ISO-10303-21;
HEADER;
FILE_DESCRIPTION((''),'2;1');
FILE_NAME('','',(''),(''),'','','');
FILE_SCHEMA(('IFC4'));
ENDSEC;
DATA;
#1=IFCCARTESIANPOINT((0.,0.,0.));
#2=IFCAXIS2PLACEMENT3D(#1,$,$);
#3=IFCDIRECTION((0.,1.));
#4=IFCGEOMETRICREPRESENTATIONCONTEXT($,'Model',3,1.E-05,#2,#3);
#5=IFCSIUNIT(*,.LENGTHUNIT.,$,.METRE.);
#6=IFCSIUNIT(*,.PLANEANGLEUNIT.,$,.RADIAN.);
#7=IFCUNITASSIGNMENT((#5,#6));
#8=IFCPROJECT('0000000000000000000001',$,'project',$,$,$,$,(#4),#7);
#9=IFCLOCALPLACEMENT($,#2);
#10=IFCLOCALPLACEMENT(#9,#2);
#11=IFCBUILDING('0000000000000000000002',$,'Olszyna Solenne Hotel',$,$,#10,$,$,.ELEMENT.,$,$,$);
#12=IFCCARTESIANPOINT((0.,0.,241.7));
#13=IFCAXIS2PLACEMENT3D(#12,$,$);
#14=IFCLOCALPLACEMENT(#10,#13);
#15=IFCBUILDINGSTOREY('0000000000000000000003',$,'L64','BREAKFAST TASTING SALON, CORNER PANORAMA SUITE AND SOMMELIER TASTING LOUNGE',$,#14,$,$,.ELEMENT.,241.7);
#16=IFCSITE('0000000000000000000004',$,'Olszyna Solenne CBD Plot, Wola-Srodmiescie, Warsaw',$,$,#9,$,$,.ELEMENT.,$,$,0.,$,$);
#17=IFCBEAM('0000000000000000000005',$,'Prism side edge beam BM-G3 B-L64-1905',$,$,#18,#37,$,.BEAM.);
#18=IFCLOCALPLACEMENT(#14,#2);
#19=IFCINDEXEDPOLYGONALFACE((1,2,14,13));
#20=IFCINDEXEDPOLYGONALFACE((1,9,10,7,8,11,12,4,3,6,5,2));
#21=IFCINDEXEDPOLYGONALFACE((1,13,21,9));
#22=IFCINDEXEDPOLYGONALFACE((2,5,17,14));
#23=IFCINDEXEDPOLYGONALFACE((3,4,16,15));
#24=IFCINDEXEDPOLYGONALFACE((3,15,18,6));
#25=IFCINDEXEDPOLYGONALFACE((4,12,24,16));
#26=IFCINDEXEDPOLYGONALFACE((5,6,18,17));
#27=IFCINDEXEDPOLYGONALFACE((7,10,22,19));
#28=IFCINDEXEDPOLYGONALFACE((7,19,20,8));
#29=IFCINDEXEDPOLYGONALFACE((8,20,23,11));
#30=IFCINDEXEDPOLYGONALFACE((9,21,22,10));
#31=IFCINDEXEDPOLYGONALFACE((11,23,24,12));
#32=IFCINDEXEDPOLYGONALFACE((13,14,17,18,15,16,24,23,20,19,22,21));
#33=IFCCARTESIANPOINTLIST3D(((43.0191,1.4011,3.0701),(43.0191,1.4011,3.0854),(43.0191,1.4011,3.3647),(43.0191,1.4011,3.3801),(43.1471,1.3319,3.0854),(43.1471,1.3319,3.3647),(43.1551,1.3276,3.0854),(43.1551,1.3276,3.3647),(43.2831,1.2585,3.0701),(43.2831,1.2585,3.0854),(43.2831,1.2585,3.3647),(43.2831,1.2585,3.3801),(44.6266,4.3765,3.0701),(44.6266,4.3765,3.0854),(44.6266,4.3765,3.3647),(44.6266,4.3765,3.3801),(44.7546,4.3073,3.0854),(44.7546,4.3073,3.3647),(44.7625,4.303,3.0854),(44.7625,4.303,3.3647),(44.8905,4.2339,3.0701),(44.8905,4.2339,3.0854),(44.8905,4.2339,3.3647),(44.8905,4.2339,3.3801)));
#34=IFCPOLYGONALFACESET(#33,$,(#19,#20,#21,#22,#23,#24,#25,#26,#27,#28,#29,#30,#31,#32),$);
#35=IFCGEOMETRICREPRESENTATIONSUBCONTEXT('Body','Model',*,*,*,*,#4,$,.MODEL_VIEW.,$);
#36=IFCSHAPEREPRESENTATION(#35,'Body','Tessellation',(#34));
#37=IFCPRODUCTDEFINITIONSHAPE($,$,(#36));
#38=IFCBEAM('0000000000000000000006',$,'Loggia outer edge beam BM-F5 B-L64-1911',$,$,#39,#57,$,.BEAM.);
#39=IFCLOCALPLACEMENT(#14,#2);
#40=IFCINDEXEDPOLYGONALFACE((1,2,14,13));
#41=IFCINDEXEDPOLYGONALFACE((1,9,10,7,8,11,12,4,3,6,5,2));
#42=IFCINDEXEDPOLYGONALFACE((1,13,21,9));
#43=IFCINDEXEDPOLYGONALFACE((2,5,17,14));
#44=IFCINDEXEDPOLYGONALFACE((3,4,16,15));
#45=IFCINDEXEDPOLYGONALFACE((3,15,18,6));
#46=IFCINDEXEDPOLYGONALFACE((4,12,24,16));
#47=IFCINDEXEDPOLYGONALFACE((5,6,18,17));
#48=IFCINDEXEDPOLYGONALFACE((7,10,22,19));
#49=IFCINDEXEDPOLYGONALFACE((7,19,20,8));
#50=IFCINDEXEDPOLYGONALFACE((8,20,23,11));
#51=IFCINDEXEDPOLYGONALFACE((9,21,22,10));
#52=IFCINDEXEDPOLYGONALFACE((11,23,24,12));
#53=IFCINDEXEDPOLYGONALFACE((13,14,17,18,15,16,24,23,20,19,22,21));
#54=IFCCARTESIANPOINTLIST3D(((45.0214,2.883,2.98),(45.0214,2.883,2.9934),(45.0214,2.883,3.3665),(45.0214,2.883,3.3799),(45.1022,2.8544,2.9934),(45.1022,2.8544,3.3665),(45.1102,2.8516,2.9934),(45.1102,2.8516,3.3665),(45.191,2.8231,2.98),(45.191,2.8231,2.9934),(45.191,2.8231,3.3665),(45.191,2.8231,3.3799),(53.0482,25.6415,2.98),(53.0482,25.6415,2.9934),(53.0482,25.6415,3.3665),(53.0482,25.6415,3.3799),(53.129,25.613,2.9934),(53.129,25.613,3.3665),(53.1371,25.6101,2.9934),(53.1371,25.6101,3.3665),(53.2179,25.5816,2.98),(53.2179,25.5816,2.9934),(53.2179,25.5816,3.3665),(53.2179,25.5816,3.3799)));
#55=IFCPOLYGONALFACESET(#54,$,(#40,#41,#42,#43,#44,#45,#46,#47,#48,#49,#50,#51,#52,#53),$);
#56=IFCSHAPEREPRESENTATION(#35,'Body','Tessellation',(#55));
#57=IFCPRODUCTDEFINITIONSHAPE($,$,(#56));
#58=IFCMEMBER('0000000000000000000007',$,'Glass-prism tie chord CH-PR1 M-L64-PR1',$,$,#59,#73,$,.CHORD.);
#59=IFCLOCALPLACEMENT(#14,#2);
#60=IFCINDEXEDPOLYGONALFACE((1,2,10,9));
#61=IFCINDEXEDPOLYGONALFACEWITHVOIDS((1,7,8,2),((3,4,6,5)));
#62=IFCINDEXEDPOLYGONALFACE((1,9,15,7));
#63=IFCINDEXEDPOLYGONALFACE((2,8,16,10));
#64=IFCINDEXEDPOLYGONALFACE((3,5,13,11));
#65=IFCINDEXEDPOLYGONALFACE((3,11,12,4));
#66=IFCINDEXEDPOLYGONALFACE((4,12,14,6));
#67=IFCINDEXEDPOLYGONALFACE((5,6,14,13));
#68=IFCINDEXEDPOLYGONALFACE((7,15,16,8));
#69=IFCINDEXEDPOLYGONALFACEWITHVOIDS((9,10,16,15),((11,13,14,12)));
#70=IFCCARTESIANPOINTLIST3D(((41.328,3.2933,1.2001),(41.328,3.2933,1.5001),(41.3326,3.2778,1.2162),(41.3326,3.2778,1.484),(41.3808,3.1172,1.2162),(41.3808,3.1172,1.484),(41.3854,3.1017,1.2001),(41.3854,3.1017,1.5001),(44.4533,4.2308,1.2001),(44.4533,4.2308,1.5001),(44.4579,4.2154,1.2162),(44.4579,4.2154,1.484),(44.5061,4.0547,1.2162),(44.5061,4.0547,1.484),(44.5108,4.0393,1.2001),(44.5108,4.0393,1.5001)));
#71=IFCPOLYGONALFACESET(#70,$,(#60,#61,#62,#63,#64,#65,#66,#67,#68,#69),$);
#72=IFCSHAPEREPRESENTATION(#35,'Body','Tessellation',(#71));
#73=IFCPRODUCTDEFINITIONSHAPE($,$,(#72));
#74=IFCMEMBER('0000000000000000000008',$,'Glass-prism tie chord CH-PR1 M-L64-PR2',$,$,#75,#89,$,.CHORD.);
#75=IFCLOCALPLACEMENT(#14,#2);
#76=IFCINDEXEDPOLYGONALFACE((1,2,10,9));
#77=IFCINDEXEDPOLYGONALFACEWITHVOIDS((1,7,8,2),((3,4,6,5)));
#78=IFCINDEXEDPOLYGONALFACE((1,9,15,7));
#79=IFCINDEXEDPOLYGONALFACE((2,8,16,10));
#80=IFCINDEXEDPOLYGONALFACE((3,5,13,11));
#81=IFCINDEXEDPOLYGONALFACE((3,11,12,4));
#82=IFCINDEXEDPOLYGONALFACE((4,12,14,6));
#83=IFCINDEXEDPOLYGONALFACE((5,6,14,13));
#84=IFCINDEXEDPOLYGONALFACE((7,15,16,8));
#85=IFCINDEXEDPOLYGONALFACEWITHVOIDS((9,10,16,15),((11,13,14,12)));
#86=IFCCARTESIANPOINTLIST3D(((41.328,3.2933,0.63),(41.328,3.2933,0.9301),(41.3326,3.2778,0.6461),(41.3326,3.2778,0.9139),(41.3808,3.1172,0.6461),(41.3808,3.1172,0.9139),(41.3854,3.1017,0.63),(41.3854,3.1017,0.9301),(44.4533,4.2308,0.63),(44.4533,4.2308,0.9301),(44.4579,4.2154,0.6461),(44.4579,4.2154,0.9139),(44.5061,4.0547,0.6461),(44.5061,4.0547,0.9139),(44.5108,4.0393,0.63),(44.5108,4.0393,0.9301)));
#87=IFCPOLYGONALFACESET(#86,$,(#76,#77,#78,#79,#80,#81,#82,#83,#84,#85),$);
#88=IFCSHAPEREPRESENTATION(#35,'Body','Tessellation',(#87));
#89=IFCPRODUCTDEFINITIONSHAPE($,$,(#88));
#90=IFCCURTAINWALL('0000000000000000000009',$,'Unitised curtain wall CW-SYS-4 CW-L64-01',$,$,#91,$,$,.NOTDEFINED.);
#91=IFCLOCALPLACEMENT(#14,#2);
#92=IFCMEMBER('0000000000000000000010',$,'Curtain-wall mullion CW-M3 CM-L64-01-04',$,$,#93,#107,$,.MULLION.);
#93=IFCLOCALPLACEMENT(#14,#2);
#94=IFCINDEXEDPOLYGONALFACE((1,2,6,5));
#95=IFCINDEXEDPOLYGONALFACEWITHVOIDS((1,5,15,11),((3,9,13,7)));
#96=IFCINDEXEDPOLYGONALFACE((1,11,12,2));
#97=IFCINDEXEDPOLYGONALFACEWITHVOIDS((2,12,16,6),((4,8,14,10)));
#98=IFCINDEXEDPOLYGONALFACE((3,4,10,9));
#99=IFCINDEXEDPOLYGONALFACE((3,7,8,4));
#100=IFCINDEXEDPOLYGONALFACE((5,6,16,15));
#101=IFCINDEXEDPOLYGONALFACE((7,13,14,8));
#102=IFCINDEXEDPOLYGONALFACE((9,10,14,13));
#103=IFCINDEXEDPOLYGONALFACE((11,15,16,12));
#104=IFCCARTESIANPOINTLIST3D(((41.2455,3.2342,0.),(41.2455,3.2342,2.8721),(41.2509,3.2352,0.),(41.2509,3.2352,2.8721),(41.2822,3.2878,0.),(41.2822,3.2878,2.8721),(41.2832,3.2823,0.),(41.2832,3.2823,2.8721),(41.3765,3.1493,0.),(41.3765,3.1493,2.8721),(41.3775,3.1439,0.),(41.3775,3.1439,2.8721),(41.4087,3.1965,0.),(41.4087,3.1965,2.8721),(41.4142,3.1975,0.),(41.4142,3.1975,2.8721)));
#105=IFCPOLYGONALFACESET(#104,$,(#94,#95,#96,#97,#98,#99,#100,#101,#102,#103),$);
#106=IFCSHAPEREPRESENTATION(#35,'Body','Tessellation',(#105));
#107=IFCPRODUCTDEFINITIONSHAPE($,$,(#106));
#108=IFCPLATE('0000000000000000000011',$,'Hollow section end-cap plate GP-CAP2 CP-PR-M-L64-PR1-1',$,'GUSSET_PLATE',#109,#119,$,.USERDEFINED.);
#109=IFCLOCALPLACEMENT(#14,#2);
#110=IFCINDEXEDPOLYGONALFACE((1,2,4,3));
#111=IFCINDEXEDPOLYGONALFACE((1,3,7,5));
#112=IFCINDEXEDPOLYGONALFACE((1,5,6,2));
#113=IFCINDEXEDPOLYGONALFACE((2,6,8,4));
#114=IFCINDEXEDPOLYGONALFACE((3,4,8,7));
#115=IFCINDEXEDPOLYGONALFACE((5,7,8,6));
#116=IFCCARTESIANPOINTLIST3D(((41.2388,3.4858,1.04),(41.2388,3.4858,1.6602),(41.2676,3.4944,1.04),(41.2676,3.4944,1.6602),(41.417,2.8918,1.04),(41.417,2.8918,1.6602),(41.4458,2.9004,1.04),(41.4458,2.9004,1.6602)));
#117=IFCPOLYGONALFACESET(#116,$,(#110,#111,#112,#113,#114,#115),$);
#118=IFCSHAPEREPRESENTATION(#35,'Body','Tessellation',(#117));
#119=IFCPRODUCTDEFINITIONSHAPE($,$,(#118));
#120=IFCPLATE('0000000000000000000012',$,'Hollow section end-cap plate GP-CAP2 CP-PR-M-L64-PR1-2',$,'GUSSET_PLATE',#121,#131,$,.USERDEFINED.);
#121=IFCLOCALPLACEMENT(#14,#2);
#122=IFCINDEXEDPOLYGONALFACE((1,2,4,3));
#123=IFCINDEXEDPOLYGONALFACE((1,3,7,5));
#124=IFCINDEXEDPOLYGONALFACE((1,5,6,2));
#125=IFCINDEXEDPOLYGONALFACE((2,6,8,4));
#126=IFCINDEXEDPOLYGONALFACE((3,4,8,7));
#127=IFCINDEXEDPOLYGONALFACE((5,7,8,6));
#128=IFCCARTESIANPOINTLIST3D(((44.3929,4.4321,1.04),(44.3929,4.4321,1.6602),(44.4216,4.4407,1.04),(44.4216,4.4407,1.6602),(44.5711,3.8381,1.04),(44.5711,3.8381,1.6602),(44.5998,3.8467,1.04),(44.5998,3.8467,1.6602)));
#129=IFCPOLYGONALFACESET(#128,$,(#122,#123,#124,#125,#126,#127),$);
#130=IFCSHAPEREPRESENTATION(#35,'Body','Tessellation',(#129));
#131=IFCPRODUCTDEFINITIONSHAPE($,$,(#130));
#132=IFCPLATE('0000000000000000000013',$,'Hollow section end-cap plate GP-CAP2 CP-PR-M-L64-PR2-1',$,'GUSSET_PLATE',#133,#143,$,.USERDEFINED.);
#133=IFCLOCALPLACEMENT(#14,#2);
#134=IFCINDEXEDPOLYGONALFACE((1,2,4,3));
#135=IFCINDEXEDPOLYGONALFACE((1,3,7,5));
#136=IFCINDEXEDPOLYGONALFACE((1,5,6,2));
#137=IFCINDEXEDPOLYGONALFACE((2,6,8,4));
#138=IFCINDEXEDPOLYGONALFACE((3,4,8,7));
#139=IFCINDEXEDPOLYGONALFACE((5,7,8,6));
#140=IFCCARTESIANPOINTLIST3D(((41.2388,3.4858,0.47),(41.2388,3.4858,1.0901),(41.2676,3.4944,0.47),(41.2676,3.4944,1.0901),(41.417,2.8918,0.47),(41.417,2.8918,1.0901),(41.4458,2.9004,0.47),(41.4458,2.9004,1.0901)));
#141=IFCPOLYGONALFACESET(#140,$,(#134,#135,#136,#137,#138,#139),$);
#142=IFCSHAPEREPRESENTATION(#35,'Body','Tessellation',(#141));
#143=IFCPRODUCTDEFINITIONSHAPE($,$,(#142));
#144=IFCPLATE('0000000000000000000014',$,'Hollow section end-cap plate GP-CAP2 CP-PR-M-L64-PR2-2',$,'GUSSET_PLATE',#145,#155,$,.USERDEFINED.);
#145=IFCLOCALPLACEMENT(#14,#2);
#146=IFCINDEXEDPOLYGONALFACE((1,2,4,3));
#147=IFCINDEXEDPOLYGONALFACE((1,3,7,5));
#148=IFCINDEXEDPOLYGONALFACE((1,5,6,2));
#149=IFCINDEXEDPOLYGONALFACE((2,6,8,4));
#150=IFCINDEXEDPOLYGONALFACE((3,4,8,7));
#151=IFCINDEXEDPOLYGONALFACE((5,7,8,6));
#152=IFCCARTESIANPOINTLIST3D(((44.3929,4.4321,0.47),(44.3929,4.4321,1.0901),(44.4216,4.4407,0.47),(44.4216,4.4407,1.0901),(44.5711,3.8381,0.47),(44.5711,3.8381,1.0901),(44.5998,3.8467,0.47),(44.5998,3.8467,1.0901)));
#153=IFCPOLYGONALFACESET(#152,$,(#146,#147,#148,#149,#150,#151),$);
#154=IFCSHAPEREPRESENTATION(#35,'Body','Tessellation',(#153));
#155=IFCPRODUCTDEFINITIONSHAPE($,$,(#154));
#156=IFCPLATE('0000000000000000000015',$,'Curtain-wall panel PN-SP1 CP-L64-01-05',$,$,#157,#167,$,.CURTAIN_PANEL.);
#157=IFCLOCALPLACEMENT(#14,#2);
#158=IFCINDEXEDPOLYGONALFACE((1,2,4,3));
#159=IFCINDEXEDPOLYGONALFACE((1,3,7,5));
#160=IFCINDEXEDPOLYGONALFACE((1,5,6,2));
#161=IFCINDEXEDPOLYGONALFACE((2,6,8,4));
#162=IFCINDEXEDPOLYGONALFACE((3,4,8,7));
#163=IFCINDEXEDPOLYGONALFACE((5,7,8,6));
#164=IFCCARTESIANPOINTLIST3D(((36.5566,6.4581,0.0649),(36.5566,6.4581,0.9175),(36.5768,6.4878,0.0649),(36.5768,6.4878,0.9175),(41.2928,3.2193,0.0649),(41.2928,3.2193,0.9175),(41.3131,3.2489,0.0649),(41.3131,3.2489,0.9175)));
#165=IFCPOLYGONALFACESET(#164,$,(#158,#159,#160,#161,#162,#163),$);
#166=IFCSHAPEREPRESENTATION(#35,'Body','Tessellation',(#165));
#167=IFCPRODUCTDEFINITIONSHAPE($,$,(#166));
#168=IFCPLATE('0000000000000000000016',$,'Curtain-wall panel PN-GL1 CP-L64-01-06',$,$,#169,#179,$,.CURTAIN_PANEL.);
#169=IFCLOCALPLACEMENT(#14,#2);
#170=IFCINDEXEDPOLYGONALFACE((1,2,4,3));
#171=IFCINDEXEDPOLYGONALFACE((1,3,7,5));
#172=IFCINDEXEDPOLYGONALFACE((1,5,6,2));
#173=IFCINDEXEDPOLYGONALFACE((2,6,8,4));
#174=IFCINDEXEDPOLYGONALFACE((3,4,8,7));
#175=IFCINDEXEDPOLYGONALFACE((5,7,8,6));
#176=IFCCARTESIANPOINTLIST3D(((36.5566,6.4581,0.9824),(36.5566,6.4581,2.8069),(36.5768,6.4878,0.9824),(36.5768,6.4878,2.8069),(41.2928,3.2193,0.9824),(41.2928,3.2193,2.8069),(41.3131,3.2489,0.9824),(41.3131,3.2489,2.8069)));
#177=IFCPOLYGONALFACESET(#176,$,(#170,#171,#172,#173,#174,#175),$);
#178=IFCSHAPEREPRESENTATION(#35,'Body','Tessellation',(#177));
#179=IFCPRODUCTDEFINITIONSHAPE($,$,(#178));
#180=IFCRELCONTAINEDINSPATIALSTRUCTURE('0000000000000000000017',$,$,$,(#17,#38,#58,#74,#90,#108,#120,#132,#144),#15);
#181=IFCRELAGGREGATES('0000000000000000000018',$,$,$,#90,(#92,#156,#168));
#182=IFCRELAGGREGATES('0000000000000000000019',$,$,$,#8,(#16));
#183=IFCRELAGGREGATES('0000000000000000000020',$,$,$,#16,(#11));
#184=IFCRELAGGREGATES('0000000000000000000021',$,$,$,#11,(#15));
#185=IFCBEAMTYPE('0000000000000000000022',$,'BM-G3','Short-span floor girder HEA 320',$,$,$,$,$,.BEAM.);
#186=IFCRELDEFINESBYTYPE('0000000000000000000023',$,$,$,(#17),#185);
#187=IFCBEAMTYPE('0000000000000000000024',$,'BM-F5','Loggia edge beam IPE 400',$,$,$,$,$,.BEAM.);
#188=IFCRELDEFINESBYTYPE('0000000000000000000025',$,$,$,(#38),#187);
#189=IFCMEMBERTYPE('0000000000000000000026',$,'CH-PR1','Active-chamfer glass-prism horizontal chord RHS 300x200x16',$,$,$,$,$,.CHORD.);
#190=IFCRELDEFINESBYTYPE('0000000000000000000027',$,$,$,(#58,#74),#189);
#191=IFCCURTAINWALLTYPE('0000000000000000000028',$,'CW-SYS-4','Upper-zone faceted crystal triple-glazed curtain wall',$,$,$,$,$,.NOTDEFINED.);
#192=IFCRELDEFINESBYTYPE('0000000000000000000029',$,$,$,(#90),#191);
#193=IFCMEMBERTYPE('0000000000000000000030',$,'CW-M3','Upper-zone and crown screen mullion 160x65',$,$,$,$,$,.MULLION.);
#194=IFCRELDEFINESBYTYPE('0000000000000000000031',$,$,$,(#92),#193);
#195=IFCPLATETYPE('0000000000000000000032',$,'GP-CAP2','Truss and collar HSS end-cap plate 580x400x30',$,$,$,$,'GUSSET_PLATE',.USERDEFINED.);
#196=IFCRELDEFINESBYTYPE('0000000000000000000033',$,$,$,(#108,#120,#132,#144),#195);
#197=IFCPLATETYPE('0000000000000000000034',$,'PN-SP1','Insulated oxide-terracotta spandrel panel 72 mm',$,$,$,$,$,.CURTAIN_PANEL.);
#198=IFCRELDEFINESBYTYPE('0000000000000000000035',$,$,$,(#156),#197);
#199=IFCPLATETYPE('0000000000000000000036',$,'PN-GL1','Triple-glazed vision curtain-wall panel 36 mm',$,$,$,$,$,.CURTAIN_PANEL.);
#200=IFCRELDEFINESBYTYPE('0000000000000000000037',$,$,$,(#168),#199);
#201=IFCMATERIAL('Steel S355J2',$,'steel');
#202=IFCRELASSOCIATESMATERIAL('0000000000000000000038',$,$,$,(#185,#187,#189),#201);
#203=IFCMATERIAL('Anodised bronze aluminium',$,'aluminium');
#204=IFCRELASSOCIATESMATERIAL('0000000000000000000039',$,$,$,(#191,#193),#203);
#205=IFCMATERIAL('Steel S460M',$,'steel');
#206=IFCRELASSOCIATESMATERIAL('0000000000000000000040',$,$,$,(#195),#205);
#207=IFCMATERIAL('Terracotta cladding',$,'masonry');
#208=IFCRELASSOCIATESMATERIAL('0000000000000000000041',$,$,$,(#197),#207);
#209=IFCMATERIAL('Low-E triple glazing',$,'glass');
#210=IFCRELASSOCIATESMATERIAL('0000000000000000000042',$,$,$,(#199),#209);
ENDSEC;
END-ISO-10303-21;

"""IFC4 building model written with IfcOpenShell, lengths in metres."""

from ifc_helpers import new_model, si_unit, direction, frame, origin, origin_2d, place, context, subcontext, project, spatial, rectangle, hollow_rectangle, i_section, extrude, source, transform, mapped, material, material_profile, profile_set, type_object, element, aggregate, save


model = new_model("IFC4")

# Units and contexts
model_context = context("Model", 3, precision=1e-05, world=origin(), true_north=direction((0.0, 1.0)))
body_context = subcontext(model_context, "Body", "Model", "MODEL_VIEW")
ifc_project = project(units=[si_unit("LENGTHUNIT", "METRE"), si_unit("PLANEANGLEUNIT", "RADIAN")], contexts=[model_context])

# Site, building, storey
site_placement = place(None, origin())
site = spatial("IfcSite", under=ifc_project, at=site_placement, Name="Olszyna Solenne CBD Plot, Wola-Srodmiescie, Warsaw", CompositionType="ELEMENT", RefElevation=0.0)
building_placement = place(site_placement, origin())
building = spatial("IfcBuilding", under=site, at=building_placement, Name="Olszyna Solenne Hotel", CompositionType="ELEMENT")
storey_placement = place(building_placement, frame((0.0, 0.0, 241.7)))
storey = spatial("IfcBuildingStorey", under=building, at=storey_placement, Name="L64", Description="BREAKFAST TASTING SALON, CORNER PANORAMA SUITE AND SOMMELIER TASTING LOUNGE", CompositionType="ELEMENT", Elevation=241.7)

# Shared definitions
ifc_material_1 = material(Name="Steel S460M", Category="steel")

# Beams
ifc_material_2 = material(Name="Steel S355J2", Category="steel")
ifc_material_profile_1 = material_profile(ifc_material_2, i_section(OverallWidth=0.3, OverallDepth=0.3101, WebThickness=0.009, FlangeThickness=0.0154, at=origin_2d()), Name="HEA 320", Category="load-bearing")
ifc_profile_set_1 = profile_set([ifc_material_profile_1], Name="Steel S355J2")
beam_type_1 = type_object("IfcBeamType", Name="BM-G3", Description="Short-span floor girder HEA 320", PredefinedType="BEAM", material=ifc_profile_set_1)
shared_shape_1 = source(origin(), body_context, "Body", "SweptSolid", [
    extrude(i_section(OverallWidth=0.3, OverallDepth=0.3101, WebThickness=0.009, FlangeThickness=0.0154, at=origin_2d()), origin(), (0.0, 0.0, 1.0), 3.3818),
])
beam_1_placement = place(storey_placement, frame((44.7585, 4.3052, 3.2251), z_axis=(-0.475318, -0.879814, 0.0), x_axis=(0.879814, -0.475318, 0.0)))
element("IfcBeam", 1, at=beam_1_placement, inside=storey, type_object=beam_type_1, Name="Prism side edge beam BM-G3 B-L64-1905", PredefinedType="BEAM", context=body_context, shape_type="MappedRepresentation", body=[
    mapped(shared_shape_1, transform((0.0, 0.0, 0.0), x_axis=(1.0, 0.0, 0.0), y_axis=(0.0, 1.0, 0.0), z_axis=(0.0, 0.0, 1.0), scale=1.0)),
])
ifc_material_profile_2 = material_profile(ifc_material_2, i_section(OverallWidth=0.1799, OverallDepth=0.3999, WebThickness=0.0085, FlangeThickness=0.0134, at=origin_2d()), Name="IPE 400", Category="load-bearing")
ifc_profile_set_2 = profile_set([ifc_material_profile_2], Name="Steel S355J2")
beam_type_2 = type_object("IfcBeamType", Name="BM-F5", Description="Loggia edge beam IPE 400", PredefinedType="BEAM", material=ifc_profile_set_2)
shared_shape_2 = source(origin(), body_context, "Body", "SweptSolid", [
    extrude(i_section(OverallWidth=0.1799, OverallDepth=0.3999, WebThickness=0.0085, FlangeThickness=0.0134, at=origin_2d()), origin(), (0.0, 0.0, 1.0), 24.1326),
])
beam_2_placement = place(storey_placement, frame((45.1062, 2.853, 3.1799), z_axis=(0.332615, 0.943063, 0.0), x_axis=(-0.943063, 0.332615, 0.0)))
element("IfcBeam", 2, at=beam_2_placement, inside=storey, type_object=beam_type_2, Name="Loggia outer edge beam BM-F5 B-L64-1911", PredefinedType="BEAM", context=body_context, shape_type="MappedRepresentation", body=[
    mapped(shared_shape_2, transform((0.0, 0.0, 0.0), x_axis=(1.0, 0.0, 0.0), y_axis=(0.0, 1.0, 0.0), z_axis=(0.0, 0.0, 1.0), scale=1.0)),
])

# Members
ifc_material_profile_3 = material_profile(ifc_material_2, hollow_rectangle(XDim=0.2, YDim=0.3, WallThickness=0.0161, at=origin_2d()), Name="RHS 300x200x16", Category="load-bearing")
ifc_profile_set_3 = profile_set([ifc_material_profile_3], Name="Steel S355J2")
member_type_1 = type_object("IfcMemberType", Name="CH-PR1", Description="Active-chamfer glass-prism horizontal chord RHS 300x200x16", PredefinedType="CHORD", material=ifc_profile_set_3)
shared_shape_3 = source(origin(), body_context, "Body", "SweptSolid", [
    extrude(hollow_rectangle(XDim=0.2, YDim=0.3, WallThickness=0.0161, at=origin_2d()), origin(), (0.0, 0.0, 1.0), 3.2629),
])
for number, where, z_axis, x_axis, name in (
    (3, (41.3567, 3.1975, 1.3501), (0.957832, 0.287327, 0.0), (-0.287327, 0.957832, 0.0), "Glass-prism tie chord CH-PR1 M-L64-PR1"),
    (4, (41.3567, 3.1975, 0.78), (0.957832, 0.287327, 0.0), (-0.287327, 0.957832, 0.0), "Glass-prism tie chord CH-PR1 M-L64-PR2"),
):
    element("IfcMember", number, at=place(storey_placement, frame(where, z_axis=z_axis, x_axis=x_axis)), inside=storey, type_object=member_type_1, Name=name, PredefinedType="CHORD", context=body_context, shape_type="MappedRepresentation", body=[
        mapped(shared_shape_3, transform((0.0, 0.0, 0.0), x_axis=(1.0, 0.0, 0.0), y_axis=(0.0, 1.0, 0.0), z_axis=(0.0, 0.0, 1.0), scale=1.0)),
    ])

# Curtain wall, member
ifc_material_3 = material(Name="Anodised bronze aluminium", Category="aluminium")
curtain_wall_type = type_object("IfcCurtainWallType", Name="CW-SYS-4", Description="Upper-zone faceted crystal triple-glazed curtain wall", PredefinedType="NOTDEFINED", material=ifc_material_3)
curtain_wall_placement = place(storey_placement, origin())
curtain_wall = element("IfcCurtainWall", 5, at=curtain_wall_placement, inside=storey, type_object=curtain_wall_type, Name="Unitised curtain wall CW-SYS-4 CW-L64-01", PredefinedType="NOTDEFINED")
ifc_material_profile_4 = material_profile(ifc_material_3, hollow_rectangle(XDim=0.0649, YDim=0.1599, WallThickness=0.0039, at=origin_2d()), Name="MULL 160x65x4", Category="load-bearing")
ifc_profile_set_4 = profile_set([ifc_material_profile_4], Name="Anodised bronze aluminium")
member_type_2 = type_object("IfcMemberType", Name="CW-M3", Description="Upper-zone and crown screen mullion 160x65", PredefinedType="MULLION", material=ifc_profile_set_4)
shared_shape_4 = source(origin(), body_context, "Body", "SweptSolid", [
    extrude(hollow_rectangle(XDim=0.0649, YDim=0.1599, WallThickness=0.0039, at=origin_2d()), origin(), (0.0, 0.0, 1.0), 2.8721),
])
member_placement = place(storey_placement, frame((41.3298, 3.2158, 0.0), z_axis=(0.0, 0.0, 1.0), x_axis=(0.56448, 0.825447, 0.0)))
member = element("IfcMember", 6, at=member_placement, type_object=member_type_2, Name="Curtain-wall mullion CW-M3 CM-L64-01-04", PredefinedType="MULLION", context=body_context, shape_type="MappedRepresentation", body=[
    mapped(shared_shape_4, transform((0.0, 0.0, 0.0), x_axis=(1.0, 0.0, 0.0), y_axis=(0.0, 1.0, 0.0), z_axis=(0.0, 0.0, 1.0), scale=1.0)),
])

# Plates
plate_type_1 = type_object("IfcPlateType", Name="GP-CAP2", Description="Truss and collar HSS end-cap plate 580x400x30", ElementType="GUSSET_PLATE", PredefinedType="USERDEFINED", material=ifc_material_1)
shared_shape_5 = source(origin(), body_context, "Body", "SweptSolid", [
    extrude(rectangle(XDim=0.03, YDim=0.6201, at=origin_2d()), origin(), (0.0, 0.0, 1.0), 0.6201),
])
for number, where, z_axis, x_axis, name in (
    (7, (41.3423, 3.1931, 1.04), (0.0, 0.0, 1.0), (0.957822, 0.287361, 0.0), "Hollow section end-cap plate GP-CAP2 CP-PR-M-L64-PR1-1"),
    (8, (44.4963, 4.1394, 1.04), (0.0, 0.0, 1.0), (0.957822, 0.287361, 0.0), "Hollow section end-cap plate GP-CAP2 CP-PR-M-L64-PR1-2"),
    (9, (41.3423, 3.1931, 0.47), (0.0, 0.0, 1.0), (0.957822, 0.287361, 0.0), "Hollow section end-cap plate GP-CAP2 CP-PR-M-L64-PR2-1"),
    (10, (44.4963, 4.1394, 0.47), (0.0, 0.0, 1.0), (0.957822, 0.287361, 0.0), "Hollow section end-cap plate GP-CAP2 CP-PR-M-L64-PR2-2"),
):
    element("IfcPlate", number, at=place(storey_placement, frame(where, z_axis=z_axis, x_axis=x_axis)), inside=storey, type_object=plate_type_1, Name=name, ObjectType="GUSSET_PLATE", PredefinedType="USERDEFINED", context=body_context, shape_type="MappedRepresentation", body=[
        mapped(shared_shape_5, transform((0.0, 0.0, 0.0), x_axis=(1.0, 0.0, 0.0), y_axis=(0.0, 1.0, 0.0), z_axis=(0.0, 0.0, 1.0), scale=1.0)),
    ])

# Plates
ifc_material_4 = material(Name="Terracotta cladding", Category="masonry")
plate_type_2 = type_object("IfcPlateType", Name="PN-SP1", Description="Insulated oxide-terracotta spandrel panel 72 mm", PredefinedType="CURTAIN_PANEL", material=ifc_material_4)
shared_shape_6 = source(origin(), body_context, "Body", "SweptSolid", [
    extrude(rectangle(XDim=5.7378, YDim=0.0359, at=origin_2d()), origin(), (0.0, 0.0, 1.0), 0.8525),
])
plate_1_placement = place(storey_placement, frame((38.9348, 4.8535, 0.0649), z_axis=(0.0, 0.0, 1.0), x_axis=(0.825447, -0.56448, 0.0)))
plate_1 = element("IfcPlate", 11, at=plate_1_placement, type_object=plate_type_2, Name="Curtain-wall panel PN-SP1 CP-L64-01-05", PredefinedType="CURTAIN_PANEL", context=body_context, shape_type="MappedRepresentation", body=[
    mapped(shared_shape_6, transform((0.0, 0.0, 0.0), x_axis=(1.0, 0.0, 0.0), y_axis=(0.0, 1.0, 0.0), z_axis=(0.0, 0.0, 1.0), scale=1.0)),
])
ifc_material_5 = material(Name="Low-E triple glazing", Category="glass")
plate_type_3 = type_object("IfcPlateType", Name="PN-GL1", Description="Triple-glazed vision curtain-wall panel 36 mm", PredefinedType="CURTAIN_PANEL", material=ifc_material_5)
shared_shape_7 = source(origin(), body_context, "Body", "SweptSolid", [
    extrude(rectangle(XDim=5.7378, YDim=0.0359, at=origin_2d()), origin(), (0.0, 0.0, 1.0), 1.8245),
])
plate_2_placement = place(storey_placement, frame((38.9348, 4.8535, 0.9824), z_axis=(0.0, 0.0, 1.0), x_axis=(0.825447, -0.56448, 0.0)))
plate_2 = element("IfcPlate", 12, at=plate_2_placement, type_object=plate_type_3, Name="Curtain-wall panel PN-GL1 CP-L64-01-06", PredefinedType="CURTAIN_PANEL", context=body_context, shape_type="MappedRepresentation", body=[
    mapped(shared_shape_7, transform((0.0, 0.0, 0.0), x_axis=(1.0, 0.0, 0.0), y_axis=(0.0, 1.0, 0.0), z_axis=(0.0, 0.0, 1.0), scale=1.0)),
])
aggregate(curtain_wall, [member, plate_1, plate_2])

save(model, "model.ifc")
